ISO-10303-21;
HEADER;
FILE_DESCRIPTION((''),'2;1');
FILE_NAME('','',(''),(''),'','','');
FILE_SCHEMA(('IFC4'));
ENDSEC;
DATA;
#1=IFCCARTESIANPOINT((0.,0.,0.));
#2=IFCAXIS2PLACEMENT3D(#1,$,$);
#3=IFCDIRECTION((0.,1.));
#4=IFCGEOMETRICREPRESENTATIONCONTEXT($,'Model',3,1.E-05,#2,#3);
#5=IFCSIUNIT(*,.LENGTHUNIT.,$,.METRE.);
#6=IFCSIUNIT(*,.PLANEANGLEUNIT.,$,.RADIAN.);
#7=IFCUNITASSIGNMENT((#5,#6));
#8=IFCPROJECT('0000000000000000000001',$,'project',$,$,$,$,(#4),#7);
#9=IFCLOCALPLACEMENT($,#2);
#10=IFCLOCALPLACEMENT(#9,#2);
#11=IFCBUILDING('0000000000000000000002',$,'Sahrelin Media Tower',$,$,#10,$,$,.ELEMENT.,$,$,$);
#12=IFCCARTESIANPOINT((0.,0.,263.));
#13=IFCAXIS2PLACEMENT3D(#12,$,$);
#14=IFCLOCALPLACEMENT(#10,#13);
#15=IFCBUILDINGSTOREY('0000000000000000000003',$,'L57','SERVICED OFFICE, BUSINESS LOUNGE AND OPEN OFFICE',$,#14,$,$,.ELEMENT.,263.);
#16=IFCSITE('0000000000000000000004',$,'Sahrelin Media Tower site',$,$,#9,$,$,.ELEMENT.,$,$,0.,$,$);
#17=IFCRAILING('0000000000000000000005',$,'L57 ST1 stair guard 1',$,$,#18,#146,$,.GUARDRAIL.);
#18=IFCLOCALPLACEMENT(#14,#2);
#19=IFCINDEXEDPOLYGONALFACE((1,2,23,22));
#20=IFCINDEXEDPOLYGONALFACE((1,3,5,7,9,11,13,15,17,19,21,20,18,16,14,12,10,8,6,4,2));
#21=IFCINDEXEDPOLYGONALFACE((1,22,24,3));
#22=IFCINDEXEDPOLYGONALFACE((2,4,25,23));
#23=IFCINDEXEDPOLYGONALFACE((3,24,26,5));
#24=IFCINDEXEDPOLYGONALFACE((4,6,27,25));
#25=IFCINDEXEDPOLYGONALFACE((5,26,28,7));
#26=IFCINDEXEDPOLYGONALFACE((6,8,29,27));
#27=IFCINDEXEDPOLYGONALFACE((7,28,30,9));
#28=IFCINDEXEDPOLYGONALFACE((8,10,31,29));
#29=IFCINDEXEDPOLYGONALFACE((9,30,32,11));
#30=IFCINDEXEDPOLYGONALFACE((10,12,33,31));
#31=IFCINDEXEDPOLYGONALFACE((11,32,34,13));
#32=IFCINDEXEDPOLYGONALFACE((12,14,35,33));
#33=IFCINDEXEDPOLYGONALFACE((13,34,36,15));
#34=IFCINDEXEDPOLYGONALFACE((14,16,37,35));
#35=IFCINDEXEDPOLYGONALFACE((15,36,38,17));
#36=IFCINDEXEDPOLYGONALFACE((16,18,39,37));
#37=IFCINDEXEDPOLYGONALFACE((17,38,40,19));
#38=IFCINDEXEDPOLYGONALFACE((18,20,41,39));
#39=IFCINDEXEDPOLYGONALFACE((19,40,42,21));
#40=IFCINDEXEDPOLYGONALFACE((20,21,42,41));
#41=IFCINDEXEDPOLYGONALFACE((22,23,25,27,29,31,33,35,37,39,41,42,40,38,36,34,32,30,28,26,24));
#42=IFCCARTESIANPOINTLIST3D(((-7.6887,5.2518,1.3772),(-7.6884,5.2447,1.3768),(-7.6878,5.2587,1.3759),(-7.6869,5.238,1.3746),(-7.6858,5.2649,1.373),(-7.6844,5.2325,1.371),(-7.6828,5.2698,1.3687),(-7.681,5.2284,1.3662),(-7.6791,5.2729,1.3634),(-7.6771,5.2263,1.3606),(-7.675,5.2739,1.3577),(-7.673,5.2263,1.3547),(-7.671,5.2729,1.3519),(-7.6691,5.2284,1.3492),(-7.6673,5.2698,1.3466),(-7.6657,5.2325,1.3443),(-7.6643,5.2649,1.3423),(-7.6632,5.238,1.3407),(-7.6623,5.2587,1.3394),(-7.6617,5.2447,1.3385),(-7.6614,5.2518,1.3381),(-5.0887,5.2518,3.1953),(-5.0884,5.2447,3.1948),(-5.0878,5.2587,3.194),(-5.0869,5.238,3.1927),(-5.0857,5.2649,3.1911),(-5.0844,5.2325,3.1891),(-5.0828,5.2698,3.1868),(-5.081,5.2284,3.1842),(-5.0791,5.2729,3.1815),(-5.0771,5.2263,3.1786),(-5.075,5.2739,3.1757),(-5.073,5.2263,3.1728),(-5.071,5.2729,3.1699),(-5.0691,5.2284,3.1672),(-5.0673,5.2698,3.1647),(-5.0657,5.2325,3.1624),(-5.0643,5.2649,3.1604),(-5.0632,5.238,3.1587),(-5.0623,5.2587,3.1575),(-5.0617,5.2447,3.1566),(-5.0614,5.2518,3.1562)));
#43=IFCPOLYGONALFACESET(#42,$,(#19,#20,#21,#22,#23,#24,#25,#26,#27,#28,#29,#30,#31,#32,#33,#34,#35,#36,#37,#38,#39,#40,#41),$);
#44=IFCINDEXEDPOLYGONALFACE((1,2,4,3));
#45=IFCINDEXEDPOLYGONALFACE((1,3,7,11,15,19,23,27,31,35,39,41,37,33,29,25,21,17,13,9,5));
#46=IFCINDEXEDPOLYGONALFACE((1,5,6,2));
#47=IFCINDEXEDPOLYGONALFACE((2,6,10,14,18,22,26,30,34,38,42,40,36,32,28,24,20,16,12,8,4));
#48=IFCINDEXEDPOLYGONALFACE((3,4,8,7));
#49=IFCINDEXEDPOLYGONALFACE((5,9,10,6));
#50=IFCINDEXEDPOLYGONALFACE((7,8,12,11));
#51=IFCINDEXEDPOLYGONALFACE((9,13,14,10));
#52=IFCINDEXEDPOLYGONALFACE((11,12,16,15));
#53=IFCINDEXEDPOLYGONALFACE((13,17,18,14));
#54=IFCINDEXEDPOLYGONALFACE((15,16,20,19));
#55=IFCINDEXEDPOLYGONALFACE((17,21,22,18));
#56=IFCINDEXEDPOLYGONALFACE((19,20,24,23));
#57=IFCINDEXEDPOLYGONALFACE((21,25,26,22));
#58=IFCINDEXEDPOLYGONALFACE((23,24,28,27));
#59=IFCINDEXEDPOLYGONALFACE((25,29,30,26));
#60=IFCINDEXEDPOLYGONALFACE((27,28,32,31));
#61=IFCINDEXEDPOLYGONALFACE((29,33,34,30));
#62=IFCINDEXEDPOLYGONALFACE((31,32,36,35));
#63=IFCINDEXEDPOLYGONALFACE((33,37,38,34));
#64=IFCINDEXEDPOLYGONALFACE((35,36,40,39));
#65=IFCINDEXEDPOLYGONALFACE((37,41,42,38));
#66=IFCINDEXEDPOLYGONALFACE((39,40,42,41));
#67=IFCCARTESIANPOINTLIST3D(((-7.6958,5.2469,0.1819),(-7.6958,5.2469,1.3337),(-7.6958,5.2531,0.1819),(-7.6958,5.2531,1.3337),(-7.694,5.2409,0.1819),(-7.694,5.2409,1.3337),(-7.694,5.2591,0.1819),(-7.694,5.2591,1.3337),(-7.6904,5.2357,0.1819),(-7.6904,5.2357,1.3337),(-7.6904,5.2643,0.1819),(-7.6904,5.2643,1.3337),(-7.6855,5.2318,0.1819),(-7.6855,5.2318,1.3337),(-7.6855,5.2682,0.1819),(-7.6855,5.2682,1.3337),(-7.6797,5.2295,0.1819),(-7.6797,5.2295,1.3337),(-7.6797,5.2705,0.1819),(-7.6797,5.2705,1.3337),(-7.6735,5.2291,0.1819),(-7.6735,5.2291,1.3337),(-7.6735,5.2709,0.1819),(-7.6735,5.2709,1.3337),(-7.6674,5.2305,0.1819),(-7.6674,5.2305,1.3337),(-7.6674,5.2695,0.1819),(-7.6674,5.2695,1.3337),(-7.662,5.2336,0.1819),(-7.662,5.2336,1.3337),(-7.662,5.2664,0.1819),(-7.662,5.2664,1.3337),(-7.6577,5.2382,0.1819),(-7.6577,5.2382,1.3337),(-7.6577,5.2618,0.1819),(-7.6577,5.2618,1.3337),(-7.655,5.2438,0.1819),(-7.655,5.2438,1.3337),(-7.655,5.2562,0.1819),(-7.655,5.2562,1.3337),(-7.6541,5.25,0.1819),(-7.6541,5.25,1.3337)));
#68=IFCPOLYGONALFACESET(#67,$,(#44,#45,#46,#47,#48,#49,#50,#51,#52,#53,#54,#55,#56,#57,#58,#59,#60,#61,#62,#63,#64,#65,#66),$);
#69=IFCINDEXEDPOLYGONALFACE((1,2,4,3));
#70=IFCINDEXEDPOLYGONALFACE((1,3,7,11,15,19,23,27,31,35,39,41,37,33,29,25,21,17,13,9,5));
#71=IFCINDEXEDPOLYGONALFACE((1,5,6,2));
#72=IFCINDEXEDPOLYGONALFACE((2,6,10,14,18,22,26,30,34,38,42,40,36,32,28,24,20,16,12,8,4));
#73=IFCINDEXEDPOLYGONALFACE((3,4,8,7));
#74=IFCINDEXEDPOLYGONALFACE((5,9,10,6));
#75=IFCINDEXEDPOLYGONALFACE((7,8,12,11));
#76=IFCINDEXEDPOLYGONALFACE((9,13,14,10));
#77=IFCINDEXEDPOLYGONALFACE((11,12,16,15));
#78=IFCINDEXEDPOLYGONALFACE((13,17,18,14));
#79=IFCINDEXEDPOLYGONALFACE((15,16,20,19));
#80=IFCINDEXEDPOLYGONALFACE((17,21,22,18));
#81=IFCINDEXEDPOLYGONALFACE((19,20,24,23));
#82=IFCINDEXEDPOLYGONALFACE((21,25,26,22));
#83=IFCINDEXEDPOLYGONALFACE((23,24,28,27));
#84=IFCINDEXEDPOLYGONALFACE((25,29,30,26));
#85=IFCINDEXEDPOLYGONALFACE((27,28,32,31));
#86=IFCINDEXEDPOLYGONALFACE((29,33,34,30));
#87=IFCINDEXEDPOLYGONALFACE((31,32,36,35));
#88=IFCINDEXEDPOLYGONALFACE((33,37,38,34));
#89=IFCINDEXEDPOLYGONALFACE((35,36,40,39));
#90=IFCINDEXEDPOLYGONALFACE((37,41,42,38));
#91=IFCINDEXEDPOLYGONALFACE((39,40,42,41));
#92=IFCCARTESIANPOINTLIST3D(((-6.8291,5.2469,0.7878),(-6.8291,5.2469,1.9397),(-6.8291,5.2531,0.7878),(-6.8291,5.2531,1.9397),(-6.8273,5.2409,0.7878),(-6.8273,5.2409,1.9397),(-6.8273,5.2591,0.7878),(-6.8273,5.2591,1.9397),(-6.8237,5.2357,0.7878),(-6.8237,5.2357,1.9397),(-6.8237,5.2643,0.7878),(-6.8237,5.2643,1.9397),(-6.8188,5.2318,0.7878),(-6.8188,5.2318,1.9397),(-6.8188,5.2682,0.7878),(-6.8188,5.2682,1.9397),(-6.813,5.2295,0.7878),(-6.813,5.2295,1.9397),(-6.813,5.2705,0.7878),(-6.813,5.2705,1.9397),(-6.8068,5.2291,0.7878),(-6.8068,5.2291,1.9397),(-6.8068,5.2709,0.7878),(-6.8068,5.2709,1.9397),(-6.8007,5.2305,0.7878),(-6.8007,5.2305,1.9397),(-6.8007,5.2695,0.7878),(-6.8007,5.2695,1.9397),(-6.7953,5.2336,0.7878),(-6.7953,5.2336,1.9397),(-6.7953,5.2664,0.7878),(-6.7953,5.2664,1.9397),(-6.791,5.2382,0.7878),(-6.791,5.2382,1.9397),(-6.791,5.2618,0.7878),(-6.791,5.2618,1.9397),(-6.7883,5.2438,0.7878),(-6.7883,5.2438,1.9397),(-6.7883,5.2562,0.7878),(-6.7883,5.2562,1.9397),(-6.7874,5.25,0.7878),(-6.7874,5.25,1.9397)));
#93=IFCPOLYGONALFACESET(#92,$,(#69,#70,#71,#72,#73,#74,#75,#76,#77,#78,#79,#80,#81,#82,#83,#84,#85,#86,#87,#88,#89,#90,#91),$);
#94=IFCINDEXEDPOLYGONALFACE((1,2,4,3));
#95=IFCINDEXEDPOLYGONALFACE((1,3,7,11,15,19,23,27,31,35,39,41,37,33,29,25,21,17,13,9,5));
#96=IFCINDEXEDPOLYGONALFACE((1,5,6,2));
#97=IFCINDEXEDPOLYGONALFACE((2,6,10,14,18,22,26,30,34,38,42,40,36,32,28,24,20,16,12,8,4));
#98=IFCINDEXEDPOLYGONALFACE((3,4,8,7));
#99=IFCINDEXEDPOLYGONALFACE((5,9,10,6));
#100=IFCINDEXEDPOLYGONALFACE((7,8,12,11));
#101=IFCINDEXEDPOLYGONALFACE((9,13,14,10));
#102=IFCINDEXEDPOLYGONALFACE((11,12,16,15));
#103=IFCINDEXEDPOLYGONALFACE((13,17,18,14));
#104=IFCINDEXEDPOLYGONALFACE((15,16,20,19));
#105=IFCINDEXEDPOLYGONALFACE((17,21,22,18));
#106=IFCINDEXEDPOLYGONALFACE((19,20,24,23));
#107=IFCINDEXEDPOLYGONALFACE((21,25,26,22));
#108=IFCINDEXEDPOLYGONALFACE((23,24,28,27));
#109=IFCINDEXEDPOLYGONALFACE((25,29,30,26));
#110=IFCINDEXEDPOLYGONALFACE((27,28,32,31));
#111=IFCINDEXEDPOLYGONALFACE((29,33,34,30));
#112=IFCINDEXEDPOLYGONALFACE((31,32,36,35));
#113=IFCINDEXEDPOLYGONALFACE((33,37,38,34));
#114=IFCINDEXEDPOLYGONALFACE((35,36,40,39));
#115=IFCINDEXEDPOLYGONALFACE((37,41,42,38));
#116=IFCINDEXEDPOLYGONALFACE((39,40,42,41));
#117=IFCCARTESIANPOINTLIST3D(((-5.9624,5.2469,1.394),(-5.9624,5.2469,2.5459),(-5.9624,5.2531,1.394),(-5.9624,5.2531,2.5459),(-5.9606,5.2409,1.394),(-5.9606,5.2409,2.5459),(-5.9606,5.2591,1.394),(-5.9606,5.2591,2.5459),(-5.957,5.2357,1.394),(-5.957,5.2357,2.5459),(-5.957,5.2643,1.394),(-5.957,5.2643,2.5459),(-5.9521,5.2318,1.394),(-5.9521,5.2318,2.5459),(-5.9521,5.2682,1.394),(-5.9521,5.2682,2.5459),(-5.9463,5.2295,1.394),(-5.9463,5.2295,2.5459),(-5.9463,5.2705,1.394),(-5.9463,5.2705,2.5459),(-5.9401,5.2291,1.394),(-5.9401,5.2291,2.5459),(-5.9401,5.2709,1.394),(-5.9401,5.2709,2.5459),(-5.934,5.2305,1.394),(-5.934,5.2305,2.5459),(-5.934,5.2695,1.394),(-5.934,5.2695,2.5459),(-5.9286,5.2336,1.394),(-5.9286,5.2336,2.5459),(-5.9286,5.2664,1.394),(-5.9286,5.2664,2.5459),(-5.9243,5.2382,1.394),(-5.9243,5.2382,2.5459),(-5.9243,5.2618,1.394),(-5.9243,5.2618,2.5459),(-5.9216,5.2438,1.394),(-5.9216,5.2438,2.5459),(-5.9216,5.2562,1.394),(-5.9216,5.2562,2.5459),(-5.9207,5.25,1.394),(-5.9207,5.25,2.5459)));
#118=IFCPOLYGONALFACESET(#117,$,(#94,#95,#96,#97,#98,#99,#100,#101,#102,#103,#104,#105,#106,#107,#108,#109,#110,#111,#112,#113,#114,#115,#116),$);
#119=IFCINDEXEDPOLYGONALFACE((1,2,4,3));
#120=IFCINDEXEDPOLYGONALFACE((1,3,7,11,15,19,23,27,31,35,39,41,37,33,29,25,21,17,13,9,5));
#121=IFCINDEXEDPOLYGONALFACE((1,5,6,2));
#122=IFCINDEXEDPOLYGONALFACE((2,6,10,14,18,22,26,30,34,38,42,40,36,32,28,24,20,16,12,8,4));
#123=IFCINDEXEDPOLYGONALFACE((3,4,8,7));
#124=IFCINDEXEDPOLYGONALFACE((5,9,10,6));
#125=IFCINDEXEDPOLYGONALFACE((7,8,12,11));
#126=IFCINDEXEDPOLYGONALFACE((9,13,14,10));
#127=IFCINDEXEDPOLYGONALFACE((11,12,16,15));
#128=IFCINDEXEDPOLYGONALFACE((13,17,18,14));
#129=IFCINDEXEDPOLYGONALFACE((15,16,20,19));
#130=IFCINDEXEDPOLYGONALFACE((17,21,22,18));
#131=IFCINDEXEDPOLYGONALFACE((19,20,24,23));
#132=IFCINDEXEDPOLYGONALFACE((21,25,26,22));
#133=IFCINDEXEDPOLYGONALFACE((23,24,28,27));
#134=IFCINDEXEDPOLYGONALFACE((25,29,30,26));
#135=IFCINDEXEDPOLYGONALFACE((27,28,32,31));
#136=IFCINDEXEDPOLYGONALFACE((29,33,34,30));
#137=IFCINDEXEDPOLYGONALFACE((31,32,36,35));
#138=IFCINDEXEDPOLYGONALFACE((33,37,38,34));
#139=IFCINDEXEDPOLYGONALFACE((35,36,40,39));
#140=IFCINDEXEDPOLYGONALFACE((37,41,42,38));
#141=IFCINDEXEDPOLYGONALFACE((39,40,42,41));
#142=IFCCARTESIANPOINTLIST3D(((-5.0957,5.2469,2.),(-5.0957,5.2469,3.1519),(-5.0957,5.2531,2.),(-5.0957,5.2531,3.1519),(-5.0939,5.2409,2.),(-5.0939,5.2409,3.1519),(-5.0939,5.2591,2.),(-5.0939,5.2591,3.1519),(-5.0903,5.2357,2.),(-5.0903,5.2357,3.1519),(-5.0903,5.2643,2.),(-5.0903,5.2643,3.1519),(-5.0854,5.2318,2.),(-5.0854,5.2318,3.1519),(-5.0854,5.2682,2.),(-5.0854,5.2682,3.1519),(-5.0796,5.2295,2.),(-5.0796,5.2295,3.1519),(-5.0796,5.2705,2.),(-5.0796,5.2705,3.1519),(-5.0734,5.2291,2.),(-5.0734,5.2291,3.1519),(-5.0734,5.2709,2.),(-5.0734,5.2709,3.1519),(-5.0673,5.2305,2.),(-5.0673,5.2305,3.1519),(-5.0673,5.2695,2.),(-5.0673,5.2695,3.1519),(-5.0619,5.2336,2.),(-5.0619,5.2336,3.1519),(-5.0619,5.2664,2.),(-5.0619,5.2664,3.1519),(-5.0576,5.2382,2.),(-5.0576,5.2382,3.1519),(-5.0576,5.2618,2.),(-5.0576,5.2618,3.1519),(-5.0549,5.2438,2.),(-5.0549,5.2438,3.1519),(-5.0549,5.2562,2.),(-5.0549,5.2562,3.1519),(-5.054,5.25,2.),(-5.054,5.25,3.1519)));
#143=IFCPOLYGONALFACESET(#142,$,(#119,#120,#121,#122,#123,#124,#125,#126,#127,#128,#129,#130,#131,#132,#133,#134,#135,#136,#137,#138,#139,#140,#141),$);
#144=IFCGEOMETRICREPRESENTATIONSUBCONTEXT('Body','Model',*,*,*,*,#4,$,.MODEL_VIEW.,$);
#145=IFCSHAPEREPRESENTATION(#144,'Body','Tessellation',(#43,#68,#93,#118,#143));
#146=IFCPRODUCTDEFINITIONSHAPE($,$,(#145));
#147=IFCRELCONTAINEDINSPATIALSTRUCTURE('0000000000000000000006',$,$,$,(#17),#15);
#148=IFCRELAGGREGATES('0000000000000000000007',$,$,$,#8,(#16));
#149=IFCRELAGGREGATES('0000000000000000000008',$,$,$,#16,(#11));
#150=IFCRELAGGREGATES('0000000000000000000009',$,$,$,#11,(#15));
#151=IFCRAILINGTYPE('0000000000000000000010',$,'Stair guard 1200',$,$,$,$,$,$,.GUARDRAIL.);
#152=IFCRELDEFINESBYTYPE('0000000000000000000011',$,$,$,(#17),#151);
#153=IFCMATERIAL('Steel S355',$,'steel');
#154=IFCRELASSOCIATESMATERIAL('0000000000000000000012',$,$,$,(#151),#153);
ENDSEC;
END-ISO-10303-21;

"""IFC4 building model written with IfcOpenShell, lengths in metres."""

from ifc_helpers import new_model, si_unit, direction, frame, origin, origin_2d, place, context, subcontext, project, spatial, circle, extrude, material, type_object, element, save


model = new_model("IFC4")

# Units and contexts
model_context = context("Model", 3, precision=1e-05, world=origin(), true_north=direction((0.0, 1.0)))
body_context = subcontext(model_context, "Body", "Model", "MODEL_VIEW")
ifc_project = project(units=[si_unit("LENGTHUNIT", "METRE"), si_unit("PLANEANGLEUNIT", "RADIAN")], contexts=[model_context])

# Site, building, storey
site_placement = place(None, origin())
site = spatial("IfcSite", under=ifc_project, at=site_placement, Name="Sahrelin Media Tower site", CompositionType="ELEMENT", RefElevation=0.0)
building_placement = place(site_placement, origin())
building = spatial("IfcBuilding", under=site, at=building_placement, Name="Sahrelin Media Tower", CompositionType="ELEMENT")
storey_placement = place(building_placement, frame((0.0, 0.0, 263.0)))
storey = spatial("IfcBuildingStorey", under=building, at=storey_placement, Name="L57", Description="SERVICED OFFICE, BUSINESS LOUNGE AND OPEN OFFICE", CompositionType="ELEMENT", Elevation=263.0)

# Shared definitions
ifc_material_1 = material(Name="Steel S355", Category="steel")

# Railing
railing_type_1 = type_object("IfcRailingType", Name="Stair guard 1200", PredefinedType="GUARDRAIL", material=ifc_material_1)
railing_1_placement = place(storey_placement, frame((-7.675, 5.25, 0.1819)))
element("IfcRailing", 1, at=railing_1_placement, inside=storey, type_object=railing_type_1, Name="L57 ST1 stair guard 1", PredefinedType="GUARDRAIL", context=body_context, shape_type="SweptSolid", body=[
    extrude(circle(Radius=0.0239, at=origin_2d()), frame((0.0, 0.0, 1.1758), z_axis=(0.819521, 0.0, 0.573049), x_axis=(0.0, 1.0, 0.0)), (0.0, 0.0, 1.0), 3.1726),
    extrude(circle(Radius=0.021, at=origin_2d()), origin(), (0.0, 0.0, 1.0), 1.1519),
    extrude(circle(Radius=0.021, at=origin_2d()), frame((0.8667, 0.0, 0.606)), (0.0, 0.0, 1.0), 1.1519),
    extrude(circle(Radius=0.021, at=origin_2d()), frame((1.7334, 0.0, 1.2122)), (0.0, 0.0, 1.0), 1.1519),
    extrude(circle(Radius=0.021, at=origin_2d()), frame((2.6001, 0.0, 1.8181)), (0.0, 0.0, 1.0), 1.1519),
])

save(model, "model.ifc")
